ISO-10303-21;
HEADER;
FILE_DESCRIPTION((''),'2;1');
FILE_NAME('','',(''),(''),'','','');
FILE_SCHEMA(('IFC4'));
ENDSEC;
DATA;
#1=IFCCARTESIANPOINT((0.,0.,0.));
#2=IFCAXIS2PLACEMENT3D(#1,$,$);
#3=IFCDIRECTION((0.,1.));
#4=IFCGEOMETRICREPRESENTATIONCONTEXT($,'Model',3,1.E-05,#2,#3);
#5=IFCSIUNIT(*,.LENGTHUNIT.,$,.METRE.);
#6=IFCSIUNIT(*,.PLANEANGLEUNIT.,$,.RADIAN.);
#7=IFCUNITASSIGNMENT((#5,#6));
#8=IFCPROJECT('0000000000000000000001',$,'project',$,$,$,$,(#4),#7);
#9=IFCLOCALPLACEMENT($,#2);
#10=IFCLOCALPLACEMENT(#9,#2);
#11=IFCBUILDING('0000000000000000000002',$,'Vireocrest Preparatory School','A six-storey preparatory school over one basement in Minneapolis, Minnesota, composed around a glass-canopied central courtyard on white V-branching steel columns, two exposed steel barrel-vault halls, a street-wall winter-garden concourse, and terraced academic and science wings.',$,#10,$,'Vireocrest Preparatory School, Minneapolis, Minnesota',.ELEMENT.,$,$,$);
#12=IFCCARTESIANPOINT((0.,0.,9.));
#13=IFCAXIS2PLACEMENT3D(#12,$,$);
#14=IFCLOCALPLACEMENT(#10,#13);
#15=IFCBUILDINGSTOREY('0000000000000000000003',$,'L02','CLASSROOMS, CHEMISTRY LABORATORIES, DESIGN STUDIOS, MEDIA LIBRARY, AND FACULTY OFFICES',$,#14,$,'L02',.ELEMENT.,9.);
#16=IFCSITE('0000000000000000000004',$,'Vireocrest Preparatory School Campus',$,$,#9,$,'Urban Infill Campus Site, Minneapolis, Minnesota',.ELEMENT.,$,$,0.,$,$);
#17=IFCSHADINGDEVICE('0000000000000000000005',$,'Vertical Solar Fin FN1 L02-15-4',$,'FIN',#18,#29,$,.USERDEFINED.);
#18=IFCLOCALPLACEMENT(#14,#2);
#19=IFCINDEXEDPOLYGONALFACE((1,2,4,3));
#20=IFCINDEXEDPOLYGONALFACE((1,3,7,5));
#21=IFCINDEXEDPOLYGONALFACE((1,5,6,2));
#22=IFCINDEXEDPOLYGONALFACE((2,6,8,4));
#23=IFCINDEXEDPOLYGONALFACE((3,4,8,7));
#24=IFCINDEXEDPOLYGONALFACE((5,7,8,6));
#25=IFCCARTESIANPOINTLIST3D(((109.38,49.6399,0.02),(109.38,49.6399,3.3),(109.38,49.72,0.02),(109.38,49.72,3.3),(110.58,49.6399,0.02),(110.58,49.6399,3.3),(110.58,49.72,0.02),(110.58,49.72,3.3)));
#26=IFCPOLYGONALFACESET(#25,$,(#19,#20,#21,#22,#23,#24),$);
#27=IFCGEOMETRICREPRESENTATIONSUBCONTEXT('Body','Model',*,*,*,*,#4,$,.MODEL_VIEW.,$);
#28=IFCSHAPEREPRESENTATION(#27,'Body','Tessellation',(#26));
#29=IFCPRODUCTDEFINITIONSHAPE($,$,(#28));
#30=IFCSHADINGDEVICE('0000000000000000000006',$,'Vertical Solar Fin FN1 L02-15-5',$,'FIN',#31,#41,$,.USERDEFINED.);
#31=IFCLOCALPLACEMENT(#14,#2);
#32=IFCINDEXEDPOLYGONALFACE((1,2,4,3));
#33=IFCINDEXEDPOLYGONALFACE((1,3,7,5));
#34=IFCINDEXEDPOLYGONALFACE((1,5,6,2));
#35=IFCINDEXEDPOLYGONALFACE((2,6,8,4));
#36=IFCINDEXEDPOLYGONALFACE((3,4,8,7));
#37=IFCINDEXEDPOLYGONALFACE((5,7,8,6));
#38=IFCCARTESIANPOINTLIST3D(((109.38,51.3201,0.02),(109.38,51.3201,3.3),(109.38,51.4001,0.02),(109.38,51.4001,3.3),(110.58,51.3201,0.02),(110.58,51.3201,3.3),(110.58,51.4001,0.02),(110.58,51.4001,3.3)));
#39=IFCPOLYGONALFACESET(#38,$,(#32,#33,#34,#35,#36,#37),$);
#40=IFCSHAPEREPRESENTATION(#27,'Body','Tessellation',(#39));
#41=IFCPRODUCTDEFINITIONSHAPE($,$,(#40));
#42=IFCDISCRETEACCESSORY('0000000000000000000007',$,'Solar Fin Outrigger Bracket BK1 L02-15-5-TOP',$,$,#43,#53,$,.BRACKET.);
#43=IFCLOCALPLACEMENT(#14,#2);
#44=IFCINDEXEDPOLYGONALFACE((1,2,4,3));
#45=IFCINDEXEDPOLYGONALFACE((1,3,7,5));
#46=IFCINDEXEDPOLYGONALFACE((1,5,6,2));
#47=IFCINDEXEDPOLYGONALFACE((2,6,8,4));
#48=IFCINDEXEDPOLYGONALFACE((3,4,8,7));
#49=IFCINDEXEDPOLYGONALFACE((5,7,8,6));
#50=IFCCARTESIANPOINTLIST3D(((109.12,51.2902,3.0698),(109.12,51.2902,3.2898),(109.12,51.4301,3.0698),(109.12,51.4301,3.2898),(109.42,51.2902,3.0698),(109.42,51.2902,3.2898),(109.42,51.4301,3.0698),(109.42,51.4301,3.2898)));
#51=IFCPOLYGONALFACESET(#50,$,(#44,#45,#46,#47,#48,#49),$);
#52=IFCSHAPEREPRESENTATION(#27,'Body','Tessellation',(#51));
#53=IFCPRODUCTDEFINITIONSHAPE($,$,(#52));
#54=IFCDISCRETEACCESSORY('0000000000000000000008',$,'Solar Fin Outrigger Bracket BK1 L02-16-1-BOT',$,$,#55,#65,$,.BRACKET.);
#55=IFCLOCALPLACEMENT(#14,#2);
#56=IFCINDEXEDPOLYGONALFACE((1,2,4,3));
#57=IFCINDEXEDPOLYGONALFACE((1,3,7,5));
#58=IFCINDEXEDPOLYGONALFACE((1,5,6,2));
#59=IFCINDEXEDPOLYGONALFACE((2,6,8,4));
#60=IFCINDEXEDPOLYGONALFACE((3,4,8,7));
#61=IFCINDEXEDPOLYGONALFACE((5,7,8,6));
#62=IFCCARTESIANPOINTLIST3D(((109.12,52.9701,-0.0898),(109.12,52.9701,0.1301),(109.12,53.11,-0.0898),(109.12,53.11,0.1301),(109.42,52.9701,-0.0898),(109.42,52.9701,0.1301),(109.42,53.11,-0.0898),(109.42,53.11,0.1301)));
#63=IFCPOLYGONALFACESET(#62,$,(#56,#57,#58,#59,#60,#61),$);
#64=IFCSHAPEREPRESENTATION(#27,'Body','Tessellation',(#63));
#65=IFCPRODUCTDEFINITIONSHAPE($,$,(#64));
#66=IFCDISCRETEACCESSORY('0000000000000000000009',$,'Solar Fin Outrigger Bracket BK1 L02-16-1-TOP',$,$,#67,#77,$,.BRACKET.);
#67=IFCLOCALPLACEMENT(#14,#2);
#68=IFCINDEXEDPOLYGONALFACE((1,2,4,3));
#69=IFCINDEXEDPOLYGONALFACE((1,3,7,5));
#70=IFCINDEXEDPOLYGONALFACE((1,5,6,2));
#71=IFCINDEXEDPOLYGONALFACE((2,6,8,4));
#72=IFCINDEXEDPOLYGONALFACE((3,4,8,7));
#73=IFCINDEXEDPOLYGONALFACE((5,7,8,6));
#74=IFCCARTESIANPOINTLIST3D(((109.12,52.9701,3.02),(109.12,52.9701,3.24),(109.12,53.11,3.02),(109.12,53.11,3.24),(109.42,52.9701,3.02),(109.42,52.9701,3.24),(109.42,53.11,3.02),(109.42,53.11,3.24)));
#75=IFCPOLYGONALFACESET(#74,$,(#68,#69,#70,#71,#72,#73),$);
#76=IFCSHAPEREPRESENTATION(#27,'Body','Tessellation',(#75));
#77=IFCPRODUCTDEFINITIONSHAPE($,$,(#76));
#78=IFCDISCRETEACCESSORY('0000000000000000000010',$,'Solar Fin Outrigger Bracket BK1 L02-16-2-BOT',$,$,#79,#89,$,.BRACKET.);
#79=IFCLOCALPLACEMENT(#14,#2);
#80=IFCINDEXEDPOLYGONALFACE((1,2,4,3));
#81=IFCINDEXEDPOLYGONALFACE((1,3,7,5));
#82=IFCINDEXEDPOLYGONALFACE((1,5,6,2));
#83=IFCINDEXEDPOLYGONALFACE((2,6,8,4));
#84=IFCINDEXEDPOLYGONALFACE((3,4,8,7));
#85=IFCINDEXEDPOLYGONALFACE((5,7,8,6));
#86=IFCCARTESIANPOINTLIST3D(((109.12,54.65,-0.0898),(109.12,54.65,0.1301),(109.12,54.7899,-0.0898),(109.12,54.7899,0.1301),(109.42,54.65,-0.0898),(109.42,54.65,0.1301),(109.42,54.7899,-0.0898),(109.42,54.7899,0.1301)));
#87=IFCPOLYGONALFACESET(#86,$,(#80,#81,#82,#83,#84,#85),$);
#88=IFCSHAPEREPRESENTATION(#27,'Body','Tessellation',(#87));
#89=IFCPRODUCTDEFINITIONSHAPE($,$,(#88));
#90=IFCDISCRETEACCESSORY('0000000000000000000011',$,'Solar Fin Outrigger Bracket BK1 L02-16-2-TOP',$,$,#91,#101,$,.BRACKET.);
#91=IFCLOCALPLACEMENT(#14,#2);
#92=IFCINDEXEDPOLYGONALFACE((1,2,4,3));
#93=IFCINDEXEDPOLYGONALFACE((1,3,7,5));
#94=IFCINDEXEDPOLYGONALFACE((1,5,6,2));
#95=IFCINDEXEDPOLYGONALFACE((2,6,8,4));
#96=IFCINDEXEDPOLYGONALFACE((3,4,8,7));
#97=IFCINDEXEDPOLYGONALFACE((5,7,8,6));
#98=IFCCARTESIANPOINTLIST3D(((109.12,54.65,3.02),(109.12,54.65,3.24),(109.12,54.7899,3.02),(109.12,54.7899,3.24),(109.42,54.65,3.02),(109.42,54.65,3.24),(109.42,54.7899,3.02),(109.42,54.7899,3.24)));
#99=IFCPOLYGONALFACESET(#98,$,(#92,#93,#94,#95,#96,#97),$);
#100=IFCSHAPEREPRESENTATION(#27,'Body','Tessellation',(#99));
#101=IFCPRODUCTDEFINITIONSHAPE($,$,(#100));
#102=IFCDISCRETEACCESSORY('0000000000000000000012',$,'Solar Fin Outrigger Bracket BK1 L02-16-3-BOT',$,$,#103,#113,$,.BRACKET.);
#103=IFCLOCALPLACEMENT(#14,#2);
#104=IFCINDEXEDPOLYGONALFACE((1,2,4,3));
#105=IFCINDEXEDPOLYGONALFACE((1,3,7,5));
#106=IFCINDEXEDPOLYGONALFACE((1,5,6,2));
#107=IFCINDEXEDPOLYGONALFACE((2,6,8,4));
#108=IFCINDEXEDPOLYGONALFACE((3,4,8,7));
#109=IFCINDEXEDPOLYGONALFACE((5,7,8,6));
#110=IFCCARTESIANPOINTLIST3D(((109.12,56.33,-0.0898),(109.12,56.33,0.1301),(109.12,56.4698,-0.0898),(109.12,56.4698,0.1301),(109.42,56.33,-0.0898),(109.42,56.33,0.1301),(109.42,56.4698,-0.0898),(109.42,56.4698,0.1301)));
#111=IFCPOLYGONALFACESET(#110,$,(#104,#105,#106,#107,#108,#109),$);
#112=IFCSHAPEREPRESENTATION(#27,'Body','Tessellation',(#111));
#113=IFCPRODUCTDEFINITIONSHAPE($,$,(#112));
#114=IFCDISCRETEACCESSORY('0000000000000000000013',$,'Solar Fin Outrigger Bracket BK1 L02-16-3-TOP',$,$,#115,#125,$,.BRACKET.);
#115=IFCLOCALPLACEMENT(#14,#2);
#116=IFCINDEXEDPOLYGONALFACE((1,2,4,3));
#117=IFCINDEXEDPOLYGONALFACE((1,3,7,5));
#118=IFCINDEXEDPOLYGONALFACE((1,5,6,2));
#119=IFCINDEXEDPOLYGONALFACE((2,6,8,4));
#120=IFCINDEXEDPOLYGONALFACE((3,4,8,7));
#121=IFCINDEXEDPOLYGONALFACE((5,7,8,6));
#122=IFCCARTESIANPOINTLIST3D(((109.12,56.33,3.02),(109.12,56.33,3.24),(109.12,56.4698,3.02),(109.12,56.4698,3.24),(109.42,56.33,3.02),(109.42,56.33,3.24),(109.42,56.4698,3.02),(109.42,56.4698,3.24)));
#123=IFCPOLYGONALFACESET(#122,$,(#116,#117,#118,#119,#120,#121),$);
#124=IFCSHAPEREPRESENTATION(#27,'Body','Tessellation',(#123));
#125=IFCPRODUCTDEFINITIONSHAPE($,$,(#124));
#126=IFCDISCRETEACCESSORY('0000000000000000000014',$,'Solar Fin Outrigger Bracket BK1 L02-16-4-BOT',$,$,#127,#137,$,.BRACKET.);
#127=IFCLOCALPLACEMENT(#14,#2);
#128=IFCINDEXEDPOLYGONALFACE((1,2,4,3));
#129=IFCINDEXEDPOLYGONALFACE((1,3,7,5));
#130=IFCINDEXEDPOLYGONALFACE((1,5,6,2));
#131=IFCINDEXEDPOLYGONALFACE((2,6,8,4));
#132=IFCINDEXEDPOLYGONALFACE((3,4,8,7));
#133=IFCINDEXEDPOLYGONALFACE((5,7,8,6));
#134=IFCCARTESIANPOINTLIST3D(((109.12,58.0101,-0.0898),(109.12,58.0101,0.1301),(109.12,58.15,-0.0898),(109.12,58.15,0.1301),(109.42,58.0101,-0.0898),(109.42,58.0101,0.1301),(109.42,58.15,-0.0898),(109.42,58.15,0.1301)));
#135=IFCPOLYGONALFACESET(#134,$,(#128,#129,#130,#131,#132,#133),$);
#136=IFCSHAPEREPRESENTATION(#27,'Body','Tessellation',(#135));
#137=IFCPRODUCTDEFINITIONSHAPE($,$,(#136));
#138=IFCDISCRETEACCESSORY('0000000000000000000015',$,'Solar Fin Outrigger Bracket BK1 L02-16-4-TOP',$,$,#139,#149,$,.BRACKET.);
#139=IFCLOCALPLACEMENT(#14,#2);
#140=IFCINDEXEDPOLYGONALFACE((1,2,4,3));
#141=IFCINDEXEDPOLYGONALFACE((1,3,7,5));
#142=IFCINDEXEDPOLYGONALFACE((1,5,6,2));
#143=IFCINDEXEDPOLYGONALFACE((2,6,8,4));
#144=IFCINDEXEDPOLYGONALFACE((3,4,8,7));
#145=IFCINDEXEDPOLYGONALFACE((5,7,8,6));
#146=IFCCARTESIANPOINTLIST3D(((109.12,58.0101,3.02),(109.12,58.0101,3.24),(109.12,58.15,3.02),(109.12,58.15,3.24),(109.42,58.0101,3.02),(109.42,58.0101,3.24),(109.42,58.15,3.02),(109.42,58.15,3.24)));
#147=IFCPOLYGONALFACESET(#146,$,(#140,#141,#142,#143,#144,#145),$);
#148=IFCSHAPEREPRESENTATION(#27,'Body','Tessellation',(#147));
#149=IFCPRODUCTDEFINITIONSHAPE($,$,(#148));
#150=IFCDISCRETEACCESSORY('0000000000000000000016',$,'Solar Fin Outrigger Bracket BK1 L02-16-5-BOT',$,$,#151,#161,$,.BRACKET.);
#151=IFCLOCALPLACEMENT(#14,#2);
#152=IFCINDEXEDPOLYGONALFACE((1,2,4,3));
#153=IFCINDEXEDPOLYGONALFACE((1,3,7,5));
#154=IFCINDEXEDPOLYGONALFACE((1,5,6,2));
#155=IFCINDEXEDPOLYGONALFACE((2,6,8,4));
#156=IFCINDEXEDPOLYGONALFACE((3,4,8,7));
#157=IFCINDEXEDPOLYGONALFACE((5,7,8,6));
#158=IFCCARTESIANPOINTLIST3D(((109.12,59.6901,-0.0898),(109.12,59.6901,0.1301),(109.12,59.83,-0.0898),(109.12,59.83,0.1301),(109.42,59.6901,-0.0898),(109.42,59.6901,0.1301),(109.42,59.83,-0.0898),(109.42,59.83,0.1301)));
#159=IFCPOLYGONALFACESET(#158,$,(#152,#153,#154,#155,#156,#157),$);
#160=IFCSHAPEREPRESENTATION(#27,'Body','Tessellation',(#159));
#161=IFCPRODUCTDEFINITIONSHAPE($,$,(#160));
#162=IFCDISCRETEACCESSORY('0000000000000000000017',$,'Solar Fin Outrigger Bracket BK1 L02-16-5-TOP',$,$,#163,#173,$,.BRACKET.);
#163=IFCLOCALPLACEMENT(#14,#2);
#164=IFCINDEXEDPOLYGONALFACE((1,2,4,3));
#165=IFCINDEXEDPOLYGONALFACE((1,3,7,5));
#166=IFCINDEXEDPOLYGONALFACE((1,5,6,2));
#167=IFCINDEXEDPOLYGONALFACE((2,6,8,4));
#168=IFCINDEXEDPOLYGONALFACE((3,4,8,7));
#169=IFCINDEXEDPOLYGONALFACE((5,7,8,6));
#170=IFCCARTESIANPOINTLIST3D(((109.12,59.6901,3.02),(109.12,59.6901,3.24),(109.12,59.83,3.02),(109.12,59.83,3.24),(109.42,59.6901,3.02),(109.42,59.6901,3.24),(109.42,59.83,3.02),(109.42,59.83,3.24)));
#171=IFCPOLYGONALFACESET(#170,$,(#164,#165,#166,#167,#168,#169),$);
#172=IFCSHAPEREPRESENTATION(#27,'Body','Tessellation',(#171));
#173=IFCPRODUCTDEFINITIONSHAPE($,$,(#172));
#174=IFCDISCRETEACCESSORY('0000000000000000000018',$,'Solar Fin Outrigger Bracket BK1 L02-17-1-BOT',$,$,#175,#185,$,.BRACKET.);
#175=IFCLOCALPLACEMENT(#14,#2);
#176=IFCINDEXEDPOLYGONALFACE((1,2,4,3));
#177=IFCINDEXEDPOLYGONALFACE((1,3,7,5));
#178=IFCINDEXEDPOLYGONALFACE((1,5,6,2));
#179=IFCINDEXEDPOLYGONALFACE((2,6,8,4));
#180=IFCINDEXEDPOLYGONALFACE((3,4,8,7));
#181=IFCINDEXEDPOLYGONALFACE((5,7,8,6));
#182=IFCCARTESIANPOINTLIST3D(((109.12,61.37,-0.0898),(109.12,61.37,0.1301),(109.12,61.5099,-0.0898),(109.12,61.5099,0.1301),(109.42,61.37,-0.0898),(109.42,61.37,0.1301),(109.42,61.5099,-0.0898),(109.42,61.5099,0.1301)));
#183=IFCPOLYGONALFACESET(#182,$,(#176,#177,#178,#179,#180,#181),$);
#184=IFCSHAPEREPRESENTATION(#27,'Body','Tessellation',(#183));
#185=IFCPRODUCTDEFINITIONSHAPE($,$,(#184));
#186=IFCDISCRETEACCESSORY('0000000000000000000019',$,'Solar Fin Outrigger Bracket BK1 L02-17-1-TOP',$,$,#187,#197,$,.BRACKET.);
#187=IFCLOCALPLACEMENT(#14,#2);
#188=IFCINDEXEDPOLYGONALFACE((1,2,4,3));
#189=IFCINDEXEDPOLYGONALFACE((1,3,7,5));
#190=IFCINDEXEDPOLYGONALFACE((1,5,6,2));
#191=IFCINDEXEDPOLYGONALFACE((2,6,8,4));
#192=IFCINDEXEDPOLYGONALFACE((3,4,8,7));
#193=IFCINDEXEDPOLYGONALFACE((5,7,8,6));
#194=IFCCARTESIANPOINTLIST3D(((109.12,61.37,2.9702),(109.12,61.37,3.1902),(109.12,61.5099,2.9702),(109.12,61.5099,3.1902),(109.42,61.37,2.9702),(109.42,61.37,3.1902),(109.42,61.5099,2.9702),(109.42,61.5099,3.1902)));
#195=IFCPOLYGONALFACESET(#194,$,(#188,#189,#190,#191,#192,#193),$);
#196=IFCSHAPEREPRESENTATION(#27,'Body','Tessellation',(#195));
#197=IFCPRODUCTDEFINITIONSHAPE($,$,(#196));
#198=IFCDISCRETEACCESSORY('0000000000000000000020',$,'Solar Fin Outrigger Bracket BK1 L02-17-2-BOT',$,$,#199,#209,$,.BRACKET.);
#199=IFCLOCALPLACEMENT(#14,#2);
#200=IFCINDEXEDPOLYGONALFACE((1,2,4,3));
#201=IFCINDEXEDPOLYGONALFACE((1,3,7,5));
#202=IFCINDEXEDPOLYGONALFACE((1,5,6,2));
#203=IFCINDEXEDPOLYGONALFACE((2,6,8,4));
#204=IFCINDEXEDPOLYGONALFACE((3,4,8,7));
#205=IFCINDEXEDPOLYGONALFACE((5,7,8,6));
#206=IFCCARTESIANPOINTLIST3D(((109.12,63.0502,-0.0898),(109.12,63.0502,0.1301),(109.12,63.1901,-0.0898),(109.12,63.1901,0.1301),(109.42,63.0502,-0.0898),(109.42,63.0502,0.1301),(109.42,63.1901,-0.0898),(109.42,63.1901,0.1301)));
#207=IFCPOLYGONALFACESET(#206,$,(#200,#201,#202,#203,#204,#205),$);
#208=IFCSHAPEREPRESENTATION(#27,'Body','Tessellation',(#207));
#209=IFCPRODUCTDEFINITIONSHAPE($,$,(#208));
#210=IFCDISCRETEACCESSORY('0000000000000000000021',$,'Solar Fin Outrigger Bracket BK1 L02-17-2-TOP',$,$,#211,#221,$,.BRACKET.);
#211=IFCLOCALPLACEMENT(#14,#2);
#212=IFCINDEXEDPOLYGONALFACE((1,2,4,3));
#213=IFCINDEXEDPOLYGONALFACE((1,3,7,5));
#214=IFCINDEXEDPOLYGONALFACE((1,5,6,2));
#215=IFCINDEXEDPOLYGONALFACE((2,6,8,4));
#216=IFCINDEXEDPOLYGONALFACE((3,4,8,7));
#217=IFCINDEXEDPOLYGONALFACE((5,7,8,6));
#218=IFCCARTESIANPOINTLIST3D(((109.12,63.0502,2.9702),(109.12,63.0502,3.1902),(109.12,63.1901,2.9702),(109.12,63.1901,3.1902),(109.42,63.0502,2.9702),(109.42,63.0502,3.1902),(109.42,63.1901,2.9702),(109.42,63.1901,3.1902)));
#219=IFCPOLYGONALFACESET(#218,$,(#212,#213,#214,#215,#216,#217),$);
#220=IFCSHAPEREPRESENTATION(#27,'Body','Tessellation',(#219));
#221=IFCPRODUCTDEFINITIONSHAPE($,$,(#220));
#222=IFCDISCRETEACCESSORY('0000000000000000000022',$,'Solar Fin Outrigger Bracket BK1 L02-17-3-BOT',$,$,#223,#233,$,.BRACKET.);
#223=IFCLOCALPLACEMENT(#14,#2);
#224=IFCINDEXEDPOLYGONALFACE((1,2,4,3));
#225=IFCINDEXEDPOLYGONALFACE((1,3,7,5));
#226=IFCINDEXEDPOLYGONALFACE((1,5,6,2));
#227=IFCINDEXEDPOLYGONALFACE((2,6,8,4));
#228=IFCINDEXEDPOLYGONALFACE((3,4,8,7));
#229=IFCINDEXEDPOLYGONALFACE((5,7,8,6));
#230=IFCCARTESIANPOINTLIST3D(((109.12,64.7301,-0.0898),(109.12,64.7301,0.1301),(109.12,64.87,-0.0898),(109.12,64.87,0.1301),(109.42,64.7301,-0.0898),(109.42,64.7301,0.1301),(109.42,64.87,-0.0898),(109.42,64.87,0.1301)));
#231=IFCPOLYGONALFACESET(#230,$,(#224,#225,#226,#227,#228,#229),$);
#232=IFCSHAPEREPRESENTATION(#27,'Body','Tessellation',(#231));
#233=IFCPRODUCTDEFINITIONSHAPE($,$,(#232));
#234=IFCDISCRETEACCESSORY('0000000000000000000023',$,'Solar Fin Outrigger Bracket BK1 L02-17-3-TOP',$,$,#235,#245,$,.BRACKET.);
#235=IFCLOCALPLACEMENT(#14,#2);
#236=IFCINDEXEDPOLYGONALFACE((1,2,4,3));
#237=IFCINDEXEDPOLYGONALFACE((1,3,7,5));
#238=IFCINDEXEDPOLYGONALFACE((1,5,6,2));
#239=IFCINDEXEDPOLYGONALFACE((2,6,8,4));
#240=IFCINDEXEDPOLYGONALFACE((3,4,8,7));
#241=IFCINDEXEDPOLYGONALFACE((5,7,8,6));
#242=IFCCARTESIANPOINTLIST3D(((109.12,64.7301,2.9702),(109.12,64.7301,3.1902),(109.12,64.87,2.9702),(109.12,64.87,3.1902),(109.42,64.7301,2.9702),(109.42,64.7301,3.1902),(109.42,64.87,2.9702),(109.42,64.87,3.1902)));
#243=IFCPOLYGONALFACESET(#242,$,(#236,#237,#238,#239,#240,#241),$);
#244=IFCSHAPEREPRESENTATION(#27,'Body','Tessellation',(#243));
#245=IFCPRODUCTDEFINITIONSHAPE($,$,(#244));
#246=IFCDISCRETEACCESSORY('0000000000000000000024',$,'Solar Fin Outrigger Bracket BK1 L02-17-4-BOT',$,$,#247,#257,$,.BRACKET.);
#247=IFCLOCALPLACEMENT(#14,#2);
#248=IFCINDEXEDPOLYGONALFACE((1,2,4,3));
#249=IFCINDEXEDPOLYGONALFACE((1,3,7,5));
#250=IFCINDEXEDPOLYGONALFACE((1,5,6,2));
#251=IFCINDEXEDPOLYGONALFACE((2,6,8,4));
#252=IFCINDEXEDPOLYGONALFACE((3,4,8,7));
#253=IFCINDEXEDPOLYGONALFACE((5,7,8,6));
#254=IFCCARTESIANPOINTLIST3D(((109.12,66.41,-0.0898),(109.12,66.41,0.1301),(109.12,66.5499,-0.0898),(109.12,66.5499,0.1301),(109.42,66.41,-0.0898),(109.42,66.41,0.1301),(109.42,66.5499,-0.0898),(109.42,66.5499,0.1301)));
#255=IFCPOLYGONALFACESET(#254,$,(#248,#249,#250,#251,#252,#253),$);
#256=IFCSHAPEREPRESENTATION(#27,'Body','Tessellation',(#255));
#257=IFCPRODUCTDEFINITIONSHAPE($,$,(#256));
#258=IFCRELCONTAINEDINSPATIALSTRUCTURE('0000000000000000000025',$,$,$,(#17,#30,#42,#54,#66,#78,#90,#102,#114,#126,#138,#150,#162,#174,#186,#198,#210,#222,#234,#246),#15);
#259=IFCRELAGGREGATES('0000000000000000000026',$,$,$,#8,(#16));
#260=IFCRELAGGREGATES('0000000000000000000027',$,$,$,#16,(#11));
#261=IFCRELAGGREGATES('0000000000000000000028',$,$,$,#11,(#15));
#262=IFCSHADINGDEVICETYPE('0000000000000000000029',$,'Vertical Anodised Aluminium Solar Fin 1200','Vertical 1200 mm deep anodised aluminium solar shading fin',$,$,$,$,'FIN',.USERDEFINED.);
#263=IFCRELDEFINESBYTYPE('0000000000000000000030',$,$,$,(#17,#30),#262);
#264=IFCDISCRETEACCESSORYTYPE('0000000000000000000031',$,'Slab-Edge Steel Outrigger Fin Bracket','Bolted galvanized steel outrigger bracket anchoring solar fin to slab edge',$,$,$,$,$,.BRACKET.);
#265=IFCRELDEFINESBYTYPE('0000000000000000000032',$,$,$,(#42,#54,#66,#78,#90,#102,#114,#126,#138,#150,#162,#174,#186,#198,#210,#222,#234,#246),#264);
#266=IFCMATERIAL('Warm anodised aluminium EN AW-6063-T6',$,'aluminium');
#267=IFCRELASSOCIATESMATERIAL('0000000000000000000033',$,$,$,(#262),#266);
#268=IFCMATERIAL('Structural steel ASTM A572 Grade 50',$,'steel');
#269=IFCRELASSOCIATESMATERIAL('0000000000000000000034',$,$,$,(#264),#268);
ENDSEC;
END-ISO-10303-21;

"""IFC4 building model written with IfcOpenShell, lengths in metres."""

from ifc_helpers import new_model, si_unit, direction, frame, origin, origin_2d, place, context, subcontext, project, spatial, rectangle, extrude, material, material_profile, profile_set, type_object, element, save


model = new_model("IFC4")

# Units and contexts
model_context = context("Model", 3, precision=1e-05, world=origin(), true_north=direction((0.0, 1.0)))
body_context = subcontext(model_context, "Body", "Model", "MODEL_VIEW")
ifc_project = project(units=[si_unit("LENGTHUNIT", "METRE"), si_unit("PLANEANGLEUNIT", "RADIAN")], contexts=[model_context])

# Site, building, storey
site_placement = place(None, origin())
site = spatial("IfcSite", under=ifc_project, at=site_placement, Name="Vireocrest Preparatory School Campus", LongName="Urban Infill Campus Site, Minneapolis, Minnesota", CompositionType="ELEMENT", RefElevation=0.0)
building_placement = place(site_placement, origin())
building = spatial("IfcBuilding", under=site, at=building_placement, Name="Vireocrest Preparatory School", Description="A six-storey preparatory school over one basement in Minneapolis, Minnesota, composed around a glass-canopied central courtyard on white V-branching steel columns, two exposed steel barrel-vault halls, a street-wall winter-garden concourse, and terraced academic and science wings.", LongName="Vireocrest Preparatory School, Minneapolis, Minnesota", CompositionType="ELEMENT")
storey_placement = place(building_placement, frame((0.0, 0.0, 9.0)))
storey = spatial("IfcBuildingStorey", under=building, at=storey_placement, Name="L02", Description="CLASSROOMS, CHEMISTRY LABORATORIES, DESIGN STUDIOS, MEDIA LIBRARY, AND FACULTY OFFICES", LongName="L02", CompositionType="ELEMENT", Elevation=9.0)

# Shading devices
ifc_material_1 = material(Name="Warm anodised aluminium EN AW-6063-T6", Category="aluminium")
ifc_material_profile = material_profile(ifc_material_1, rectangle(XDim=0.0801, YDim=1.2, at=origin_2d()), Name="FIN 80x1200")
ifc_profile_set = profile_set([ifc_material_profile], Name="Warm anodised aluminium EN AW-6063-T6")
shading_device_type = type_object("IfcShadingDeviceType", Name="Vertical Anodised Aluminium Solar Fin 1200", Description="Vertical 1200 mm deep anodised aluminium solar shading fin", ElementType="FIN", PredefinedType="USERDEFINED", material=ifc_profile_set)
for number, where, z_axis, x_axis, name in (
    (1, (109.98, 49.6799, 0.02), (0.0, 0.0, 1.0), (0.0, -1.0, 0.0), "Vertical Solar Fin FN1 L02-15-4"),
    (2, (109.98, 51.3601, 0.02), (0.0, 0.0, 1.0), (0.0, -1.0, 0.0), "Vertical Solar Fin FN1 L02-15-5"),
):
    element("IfcShadingDevice", number, at=place(storey_placement, frame(where, z_axis=z_axis, x_axis=x_axis)), inside=storey, type_object=shading_device_type, Name=name, ObjectType="FIN", PredefinedType="USERDEFINED", context=body_context, shape_type="SweptSolid", body=[
        extrude(rectangle(XDim=0.0801, YDim=1.2, at=origin_2d()), origin(), (0.0, 0.0, 1.0), 3.28),
    ])

# Discrete accessories
ifc_material_2 = material(Name="Structural steel ASTM A572 Grade 50", Category="steel")
discrete_accessory_type = type_object("IfcDiscreteAccessoryType", Name="Slab-Edge Steel Outrigger Fin Bracket", Description="Bolted galvanized steel outrigger bracket anchoring solar fin to slab edge", PredefinedType="BRACKET", material=ifc_material_2)
for number, where, z_axis, x_axis, name in (
    (3, (109.27, 51.3601, 3.0698), (0.0, 0.0, 1.0), (0.0, -1.0, 0.0), "Solar Fin Outrigger Bracket BK1 L02-15-5-TOP"),
    (4, (109.27, 53.04, -0.0898), (0.0, 0.0, 1.0), (0.0, -1.0, 0.0), "Solar Fin Outrigger Bracket BK1 L02-16-1-BOT"),
    (5, (109.27, 53.04, 3.02), (0.0, 0.0, 1.0), (0.0, -1.0, 0.0), "Solar Fin Outrigger Bracket BK1 L02-16-1-TOP"),
    (6, (109.27, 54.72, -0.0898), (0.0, 0.0, 1.0), (0.0, -1.0, 0.0), "Solar Fin Outrigger Bracket BK1 L02-16-2-BOT"),
    (7, (109.27, 54.72, 3.02), (0.0, 0.0, 1.0), (0.0, -1.0, 0.0), "Solar Fin Outrigger Bracket BK1 L02-16-2-TOP"),
    (8, (109.27, 56.3999, -0.0898), (0.0, 0.0, 1.0), (0.0, -1.0, 0.0), "Solar Fin Outrigger Bracket BK1 L02-16-3-BOT"),
    (9, (109.27, 56.3999, 3.02), (0.0, 0.0, 1.0), (0.0, -1.0, 0.0), "Solar Fin Outrigger Bracket BK1 L02-16-3-TOP"),
    (10, (109.27, 58.0801, -0.0898), (0.0, 0.0, 1.0), (0.0, -1.0, 0.0), "Solar Fin Outrigger Bracket BK1 L02-16-4-BOT"),
    (11, (109.27, 58.0801, 3.02), (0.0, 0.0, 1.0), (0.0, -1.0, 0.0), "Solar Fin Outrigger Bracket BK1 L02-16-4-TOP"),
    (12, (109.27, 59.76, -0.0898), (0.0, 0.0, 1.0), (0.0, -1.0, 0.0), "Solar Fin Outrigger Bracket BK1 L02-16-5-BOT"),
    (13, (109.27, 59.76, 3.02), (0.0, 0.0, 1.0), (0.0, -1.0, 0.0), "Solar Fin Outrigger Bracket BK1 L02-16-5-TOP"),
    (14, (109.27, 61.4399, -0.0898), (0.0, 0.0, 1.0), (0.0, -1.0, 0.0), "Solar Fin Outrigger Bracket BK1 L02-17-1-BOT"),
    (15, (109.27, 61.4399, 2.9702), (0.0, 0.0, 1.0), (0.0, -1.0, 0.0), "Solar Fin Outrigger Bracket BK1 L02-17-1-TOP"),
    (16, (109.27, 63.1201, -0.0898), (0.0, 0.0, 1.0), (0.0, -1.0, 0.0), "Solar Fin Outrigger Bracket BK1 L02-17-2-BOT"),
    (17, (109.27, 63.1201, 2.9702), (0.0, 0.0, 1.0), (0.0, -1.0, 0.0), "Solar Fin Outrigger Bracket BK1 L02-17-2-TOP"),
    (18, (109.27, 64.8, -0.0898), (0.0, 0.0, 1.0), (0.0, -1.0, 0.0), "Solar Fin Outrigger Bracket BK1 L02-17-3-BOT"),
    (19, (109.27, 64.8, 2.9702), (0.0, 0.0, 1.0), (0.0, -1.0, 0.0), "Solar Fin Outrigger Bracket BK1 L02-17-3-TOP"),
    (20, (109.27, 66.48, -0.0898), (0.0, 0.0, 1.0), (0.0, -1.0, 0.0), "Solar Fin Outrigger Bracket BK1 L02-17-4-BOT"),
):
    element("IfcDiscreteAccessory", number, at=place(storey_placement, frame(where, z_axis=z_axis, x_axis=x_axis)), inside=storey, type_object=discrete_accessory_type, Name=name, PredefinedType="BRACKET", context=body_context, shape_type="SweptSolid", body=[
        extrude(rectangle(XDim=0.1399, YDim=0.3, at=origin_2d()), origin(), (0.0, 0.0, 1.0), 0.22),
    ])

save(model, "model.ifc")
